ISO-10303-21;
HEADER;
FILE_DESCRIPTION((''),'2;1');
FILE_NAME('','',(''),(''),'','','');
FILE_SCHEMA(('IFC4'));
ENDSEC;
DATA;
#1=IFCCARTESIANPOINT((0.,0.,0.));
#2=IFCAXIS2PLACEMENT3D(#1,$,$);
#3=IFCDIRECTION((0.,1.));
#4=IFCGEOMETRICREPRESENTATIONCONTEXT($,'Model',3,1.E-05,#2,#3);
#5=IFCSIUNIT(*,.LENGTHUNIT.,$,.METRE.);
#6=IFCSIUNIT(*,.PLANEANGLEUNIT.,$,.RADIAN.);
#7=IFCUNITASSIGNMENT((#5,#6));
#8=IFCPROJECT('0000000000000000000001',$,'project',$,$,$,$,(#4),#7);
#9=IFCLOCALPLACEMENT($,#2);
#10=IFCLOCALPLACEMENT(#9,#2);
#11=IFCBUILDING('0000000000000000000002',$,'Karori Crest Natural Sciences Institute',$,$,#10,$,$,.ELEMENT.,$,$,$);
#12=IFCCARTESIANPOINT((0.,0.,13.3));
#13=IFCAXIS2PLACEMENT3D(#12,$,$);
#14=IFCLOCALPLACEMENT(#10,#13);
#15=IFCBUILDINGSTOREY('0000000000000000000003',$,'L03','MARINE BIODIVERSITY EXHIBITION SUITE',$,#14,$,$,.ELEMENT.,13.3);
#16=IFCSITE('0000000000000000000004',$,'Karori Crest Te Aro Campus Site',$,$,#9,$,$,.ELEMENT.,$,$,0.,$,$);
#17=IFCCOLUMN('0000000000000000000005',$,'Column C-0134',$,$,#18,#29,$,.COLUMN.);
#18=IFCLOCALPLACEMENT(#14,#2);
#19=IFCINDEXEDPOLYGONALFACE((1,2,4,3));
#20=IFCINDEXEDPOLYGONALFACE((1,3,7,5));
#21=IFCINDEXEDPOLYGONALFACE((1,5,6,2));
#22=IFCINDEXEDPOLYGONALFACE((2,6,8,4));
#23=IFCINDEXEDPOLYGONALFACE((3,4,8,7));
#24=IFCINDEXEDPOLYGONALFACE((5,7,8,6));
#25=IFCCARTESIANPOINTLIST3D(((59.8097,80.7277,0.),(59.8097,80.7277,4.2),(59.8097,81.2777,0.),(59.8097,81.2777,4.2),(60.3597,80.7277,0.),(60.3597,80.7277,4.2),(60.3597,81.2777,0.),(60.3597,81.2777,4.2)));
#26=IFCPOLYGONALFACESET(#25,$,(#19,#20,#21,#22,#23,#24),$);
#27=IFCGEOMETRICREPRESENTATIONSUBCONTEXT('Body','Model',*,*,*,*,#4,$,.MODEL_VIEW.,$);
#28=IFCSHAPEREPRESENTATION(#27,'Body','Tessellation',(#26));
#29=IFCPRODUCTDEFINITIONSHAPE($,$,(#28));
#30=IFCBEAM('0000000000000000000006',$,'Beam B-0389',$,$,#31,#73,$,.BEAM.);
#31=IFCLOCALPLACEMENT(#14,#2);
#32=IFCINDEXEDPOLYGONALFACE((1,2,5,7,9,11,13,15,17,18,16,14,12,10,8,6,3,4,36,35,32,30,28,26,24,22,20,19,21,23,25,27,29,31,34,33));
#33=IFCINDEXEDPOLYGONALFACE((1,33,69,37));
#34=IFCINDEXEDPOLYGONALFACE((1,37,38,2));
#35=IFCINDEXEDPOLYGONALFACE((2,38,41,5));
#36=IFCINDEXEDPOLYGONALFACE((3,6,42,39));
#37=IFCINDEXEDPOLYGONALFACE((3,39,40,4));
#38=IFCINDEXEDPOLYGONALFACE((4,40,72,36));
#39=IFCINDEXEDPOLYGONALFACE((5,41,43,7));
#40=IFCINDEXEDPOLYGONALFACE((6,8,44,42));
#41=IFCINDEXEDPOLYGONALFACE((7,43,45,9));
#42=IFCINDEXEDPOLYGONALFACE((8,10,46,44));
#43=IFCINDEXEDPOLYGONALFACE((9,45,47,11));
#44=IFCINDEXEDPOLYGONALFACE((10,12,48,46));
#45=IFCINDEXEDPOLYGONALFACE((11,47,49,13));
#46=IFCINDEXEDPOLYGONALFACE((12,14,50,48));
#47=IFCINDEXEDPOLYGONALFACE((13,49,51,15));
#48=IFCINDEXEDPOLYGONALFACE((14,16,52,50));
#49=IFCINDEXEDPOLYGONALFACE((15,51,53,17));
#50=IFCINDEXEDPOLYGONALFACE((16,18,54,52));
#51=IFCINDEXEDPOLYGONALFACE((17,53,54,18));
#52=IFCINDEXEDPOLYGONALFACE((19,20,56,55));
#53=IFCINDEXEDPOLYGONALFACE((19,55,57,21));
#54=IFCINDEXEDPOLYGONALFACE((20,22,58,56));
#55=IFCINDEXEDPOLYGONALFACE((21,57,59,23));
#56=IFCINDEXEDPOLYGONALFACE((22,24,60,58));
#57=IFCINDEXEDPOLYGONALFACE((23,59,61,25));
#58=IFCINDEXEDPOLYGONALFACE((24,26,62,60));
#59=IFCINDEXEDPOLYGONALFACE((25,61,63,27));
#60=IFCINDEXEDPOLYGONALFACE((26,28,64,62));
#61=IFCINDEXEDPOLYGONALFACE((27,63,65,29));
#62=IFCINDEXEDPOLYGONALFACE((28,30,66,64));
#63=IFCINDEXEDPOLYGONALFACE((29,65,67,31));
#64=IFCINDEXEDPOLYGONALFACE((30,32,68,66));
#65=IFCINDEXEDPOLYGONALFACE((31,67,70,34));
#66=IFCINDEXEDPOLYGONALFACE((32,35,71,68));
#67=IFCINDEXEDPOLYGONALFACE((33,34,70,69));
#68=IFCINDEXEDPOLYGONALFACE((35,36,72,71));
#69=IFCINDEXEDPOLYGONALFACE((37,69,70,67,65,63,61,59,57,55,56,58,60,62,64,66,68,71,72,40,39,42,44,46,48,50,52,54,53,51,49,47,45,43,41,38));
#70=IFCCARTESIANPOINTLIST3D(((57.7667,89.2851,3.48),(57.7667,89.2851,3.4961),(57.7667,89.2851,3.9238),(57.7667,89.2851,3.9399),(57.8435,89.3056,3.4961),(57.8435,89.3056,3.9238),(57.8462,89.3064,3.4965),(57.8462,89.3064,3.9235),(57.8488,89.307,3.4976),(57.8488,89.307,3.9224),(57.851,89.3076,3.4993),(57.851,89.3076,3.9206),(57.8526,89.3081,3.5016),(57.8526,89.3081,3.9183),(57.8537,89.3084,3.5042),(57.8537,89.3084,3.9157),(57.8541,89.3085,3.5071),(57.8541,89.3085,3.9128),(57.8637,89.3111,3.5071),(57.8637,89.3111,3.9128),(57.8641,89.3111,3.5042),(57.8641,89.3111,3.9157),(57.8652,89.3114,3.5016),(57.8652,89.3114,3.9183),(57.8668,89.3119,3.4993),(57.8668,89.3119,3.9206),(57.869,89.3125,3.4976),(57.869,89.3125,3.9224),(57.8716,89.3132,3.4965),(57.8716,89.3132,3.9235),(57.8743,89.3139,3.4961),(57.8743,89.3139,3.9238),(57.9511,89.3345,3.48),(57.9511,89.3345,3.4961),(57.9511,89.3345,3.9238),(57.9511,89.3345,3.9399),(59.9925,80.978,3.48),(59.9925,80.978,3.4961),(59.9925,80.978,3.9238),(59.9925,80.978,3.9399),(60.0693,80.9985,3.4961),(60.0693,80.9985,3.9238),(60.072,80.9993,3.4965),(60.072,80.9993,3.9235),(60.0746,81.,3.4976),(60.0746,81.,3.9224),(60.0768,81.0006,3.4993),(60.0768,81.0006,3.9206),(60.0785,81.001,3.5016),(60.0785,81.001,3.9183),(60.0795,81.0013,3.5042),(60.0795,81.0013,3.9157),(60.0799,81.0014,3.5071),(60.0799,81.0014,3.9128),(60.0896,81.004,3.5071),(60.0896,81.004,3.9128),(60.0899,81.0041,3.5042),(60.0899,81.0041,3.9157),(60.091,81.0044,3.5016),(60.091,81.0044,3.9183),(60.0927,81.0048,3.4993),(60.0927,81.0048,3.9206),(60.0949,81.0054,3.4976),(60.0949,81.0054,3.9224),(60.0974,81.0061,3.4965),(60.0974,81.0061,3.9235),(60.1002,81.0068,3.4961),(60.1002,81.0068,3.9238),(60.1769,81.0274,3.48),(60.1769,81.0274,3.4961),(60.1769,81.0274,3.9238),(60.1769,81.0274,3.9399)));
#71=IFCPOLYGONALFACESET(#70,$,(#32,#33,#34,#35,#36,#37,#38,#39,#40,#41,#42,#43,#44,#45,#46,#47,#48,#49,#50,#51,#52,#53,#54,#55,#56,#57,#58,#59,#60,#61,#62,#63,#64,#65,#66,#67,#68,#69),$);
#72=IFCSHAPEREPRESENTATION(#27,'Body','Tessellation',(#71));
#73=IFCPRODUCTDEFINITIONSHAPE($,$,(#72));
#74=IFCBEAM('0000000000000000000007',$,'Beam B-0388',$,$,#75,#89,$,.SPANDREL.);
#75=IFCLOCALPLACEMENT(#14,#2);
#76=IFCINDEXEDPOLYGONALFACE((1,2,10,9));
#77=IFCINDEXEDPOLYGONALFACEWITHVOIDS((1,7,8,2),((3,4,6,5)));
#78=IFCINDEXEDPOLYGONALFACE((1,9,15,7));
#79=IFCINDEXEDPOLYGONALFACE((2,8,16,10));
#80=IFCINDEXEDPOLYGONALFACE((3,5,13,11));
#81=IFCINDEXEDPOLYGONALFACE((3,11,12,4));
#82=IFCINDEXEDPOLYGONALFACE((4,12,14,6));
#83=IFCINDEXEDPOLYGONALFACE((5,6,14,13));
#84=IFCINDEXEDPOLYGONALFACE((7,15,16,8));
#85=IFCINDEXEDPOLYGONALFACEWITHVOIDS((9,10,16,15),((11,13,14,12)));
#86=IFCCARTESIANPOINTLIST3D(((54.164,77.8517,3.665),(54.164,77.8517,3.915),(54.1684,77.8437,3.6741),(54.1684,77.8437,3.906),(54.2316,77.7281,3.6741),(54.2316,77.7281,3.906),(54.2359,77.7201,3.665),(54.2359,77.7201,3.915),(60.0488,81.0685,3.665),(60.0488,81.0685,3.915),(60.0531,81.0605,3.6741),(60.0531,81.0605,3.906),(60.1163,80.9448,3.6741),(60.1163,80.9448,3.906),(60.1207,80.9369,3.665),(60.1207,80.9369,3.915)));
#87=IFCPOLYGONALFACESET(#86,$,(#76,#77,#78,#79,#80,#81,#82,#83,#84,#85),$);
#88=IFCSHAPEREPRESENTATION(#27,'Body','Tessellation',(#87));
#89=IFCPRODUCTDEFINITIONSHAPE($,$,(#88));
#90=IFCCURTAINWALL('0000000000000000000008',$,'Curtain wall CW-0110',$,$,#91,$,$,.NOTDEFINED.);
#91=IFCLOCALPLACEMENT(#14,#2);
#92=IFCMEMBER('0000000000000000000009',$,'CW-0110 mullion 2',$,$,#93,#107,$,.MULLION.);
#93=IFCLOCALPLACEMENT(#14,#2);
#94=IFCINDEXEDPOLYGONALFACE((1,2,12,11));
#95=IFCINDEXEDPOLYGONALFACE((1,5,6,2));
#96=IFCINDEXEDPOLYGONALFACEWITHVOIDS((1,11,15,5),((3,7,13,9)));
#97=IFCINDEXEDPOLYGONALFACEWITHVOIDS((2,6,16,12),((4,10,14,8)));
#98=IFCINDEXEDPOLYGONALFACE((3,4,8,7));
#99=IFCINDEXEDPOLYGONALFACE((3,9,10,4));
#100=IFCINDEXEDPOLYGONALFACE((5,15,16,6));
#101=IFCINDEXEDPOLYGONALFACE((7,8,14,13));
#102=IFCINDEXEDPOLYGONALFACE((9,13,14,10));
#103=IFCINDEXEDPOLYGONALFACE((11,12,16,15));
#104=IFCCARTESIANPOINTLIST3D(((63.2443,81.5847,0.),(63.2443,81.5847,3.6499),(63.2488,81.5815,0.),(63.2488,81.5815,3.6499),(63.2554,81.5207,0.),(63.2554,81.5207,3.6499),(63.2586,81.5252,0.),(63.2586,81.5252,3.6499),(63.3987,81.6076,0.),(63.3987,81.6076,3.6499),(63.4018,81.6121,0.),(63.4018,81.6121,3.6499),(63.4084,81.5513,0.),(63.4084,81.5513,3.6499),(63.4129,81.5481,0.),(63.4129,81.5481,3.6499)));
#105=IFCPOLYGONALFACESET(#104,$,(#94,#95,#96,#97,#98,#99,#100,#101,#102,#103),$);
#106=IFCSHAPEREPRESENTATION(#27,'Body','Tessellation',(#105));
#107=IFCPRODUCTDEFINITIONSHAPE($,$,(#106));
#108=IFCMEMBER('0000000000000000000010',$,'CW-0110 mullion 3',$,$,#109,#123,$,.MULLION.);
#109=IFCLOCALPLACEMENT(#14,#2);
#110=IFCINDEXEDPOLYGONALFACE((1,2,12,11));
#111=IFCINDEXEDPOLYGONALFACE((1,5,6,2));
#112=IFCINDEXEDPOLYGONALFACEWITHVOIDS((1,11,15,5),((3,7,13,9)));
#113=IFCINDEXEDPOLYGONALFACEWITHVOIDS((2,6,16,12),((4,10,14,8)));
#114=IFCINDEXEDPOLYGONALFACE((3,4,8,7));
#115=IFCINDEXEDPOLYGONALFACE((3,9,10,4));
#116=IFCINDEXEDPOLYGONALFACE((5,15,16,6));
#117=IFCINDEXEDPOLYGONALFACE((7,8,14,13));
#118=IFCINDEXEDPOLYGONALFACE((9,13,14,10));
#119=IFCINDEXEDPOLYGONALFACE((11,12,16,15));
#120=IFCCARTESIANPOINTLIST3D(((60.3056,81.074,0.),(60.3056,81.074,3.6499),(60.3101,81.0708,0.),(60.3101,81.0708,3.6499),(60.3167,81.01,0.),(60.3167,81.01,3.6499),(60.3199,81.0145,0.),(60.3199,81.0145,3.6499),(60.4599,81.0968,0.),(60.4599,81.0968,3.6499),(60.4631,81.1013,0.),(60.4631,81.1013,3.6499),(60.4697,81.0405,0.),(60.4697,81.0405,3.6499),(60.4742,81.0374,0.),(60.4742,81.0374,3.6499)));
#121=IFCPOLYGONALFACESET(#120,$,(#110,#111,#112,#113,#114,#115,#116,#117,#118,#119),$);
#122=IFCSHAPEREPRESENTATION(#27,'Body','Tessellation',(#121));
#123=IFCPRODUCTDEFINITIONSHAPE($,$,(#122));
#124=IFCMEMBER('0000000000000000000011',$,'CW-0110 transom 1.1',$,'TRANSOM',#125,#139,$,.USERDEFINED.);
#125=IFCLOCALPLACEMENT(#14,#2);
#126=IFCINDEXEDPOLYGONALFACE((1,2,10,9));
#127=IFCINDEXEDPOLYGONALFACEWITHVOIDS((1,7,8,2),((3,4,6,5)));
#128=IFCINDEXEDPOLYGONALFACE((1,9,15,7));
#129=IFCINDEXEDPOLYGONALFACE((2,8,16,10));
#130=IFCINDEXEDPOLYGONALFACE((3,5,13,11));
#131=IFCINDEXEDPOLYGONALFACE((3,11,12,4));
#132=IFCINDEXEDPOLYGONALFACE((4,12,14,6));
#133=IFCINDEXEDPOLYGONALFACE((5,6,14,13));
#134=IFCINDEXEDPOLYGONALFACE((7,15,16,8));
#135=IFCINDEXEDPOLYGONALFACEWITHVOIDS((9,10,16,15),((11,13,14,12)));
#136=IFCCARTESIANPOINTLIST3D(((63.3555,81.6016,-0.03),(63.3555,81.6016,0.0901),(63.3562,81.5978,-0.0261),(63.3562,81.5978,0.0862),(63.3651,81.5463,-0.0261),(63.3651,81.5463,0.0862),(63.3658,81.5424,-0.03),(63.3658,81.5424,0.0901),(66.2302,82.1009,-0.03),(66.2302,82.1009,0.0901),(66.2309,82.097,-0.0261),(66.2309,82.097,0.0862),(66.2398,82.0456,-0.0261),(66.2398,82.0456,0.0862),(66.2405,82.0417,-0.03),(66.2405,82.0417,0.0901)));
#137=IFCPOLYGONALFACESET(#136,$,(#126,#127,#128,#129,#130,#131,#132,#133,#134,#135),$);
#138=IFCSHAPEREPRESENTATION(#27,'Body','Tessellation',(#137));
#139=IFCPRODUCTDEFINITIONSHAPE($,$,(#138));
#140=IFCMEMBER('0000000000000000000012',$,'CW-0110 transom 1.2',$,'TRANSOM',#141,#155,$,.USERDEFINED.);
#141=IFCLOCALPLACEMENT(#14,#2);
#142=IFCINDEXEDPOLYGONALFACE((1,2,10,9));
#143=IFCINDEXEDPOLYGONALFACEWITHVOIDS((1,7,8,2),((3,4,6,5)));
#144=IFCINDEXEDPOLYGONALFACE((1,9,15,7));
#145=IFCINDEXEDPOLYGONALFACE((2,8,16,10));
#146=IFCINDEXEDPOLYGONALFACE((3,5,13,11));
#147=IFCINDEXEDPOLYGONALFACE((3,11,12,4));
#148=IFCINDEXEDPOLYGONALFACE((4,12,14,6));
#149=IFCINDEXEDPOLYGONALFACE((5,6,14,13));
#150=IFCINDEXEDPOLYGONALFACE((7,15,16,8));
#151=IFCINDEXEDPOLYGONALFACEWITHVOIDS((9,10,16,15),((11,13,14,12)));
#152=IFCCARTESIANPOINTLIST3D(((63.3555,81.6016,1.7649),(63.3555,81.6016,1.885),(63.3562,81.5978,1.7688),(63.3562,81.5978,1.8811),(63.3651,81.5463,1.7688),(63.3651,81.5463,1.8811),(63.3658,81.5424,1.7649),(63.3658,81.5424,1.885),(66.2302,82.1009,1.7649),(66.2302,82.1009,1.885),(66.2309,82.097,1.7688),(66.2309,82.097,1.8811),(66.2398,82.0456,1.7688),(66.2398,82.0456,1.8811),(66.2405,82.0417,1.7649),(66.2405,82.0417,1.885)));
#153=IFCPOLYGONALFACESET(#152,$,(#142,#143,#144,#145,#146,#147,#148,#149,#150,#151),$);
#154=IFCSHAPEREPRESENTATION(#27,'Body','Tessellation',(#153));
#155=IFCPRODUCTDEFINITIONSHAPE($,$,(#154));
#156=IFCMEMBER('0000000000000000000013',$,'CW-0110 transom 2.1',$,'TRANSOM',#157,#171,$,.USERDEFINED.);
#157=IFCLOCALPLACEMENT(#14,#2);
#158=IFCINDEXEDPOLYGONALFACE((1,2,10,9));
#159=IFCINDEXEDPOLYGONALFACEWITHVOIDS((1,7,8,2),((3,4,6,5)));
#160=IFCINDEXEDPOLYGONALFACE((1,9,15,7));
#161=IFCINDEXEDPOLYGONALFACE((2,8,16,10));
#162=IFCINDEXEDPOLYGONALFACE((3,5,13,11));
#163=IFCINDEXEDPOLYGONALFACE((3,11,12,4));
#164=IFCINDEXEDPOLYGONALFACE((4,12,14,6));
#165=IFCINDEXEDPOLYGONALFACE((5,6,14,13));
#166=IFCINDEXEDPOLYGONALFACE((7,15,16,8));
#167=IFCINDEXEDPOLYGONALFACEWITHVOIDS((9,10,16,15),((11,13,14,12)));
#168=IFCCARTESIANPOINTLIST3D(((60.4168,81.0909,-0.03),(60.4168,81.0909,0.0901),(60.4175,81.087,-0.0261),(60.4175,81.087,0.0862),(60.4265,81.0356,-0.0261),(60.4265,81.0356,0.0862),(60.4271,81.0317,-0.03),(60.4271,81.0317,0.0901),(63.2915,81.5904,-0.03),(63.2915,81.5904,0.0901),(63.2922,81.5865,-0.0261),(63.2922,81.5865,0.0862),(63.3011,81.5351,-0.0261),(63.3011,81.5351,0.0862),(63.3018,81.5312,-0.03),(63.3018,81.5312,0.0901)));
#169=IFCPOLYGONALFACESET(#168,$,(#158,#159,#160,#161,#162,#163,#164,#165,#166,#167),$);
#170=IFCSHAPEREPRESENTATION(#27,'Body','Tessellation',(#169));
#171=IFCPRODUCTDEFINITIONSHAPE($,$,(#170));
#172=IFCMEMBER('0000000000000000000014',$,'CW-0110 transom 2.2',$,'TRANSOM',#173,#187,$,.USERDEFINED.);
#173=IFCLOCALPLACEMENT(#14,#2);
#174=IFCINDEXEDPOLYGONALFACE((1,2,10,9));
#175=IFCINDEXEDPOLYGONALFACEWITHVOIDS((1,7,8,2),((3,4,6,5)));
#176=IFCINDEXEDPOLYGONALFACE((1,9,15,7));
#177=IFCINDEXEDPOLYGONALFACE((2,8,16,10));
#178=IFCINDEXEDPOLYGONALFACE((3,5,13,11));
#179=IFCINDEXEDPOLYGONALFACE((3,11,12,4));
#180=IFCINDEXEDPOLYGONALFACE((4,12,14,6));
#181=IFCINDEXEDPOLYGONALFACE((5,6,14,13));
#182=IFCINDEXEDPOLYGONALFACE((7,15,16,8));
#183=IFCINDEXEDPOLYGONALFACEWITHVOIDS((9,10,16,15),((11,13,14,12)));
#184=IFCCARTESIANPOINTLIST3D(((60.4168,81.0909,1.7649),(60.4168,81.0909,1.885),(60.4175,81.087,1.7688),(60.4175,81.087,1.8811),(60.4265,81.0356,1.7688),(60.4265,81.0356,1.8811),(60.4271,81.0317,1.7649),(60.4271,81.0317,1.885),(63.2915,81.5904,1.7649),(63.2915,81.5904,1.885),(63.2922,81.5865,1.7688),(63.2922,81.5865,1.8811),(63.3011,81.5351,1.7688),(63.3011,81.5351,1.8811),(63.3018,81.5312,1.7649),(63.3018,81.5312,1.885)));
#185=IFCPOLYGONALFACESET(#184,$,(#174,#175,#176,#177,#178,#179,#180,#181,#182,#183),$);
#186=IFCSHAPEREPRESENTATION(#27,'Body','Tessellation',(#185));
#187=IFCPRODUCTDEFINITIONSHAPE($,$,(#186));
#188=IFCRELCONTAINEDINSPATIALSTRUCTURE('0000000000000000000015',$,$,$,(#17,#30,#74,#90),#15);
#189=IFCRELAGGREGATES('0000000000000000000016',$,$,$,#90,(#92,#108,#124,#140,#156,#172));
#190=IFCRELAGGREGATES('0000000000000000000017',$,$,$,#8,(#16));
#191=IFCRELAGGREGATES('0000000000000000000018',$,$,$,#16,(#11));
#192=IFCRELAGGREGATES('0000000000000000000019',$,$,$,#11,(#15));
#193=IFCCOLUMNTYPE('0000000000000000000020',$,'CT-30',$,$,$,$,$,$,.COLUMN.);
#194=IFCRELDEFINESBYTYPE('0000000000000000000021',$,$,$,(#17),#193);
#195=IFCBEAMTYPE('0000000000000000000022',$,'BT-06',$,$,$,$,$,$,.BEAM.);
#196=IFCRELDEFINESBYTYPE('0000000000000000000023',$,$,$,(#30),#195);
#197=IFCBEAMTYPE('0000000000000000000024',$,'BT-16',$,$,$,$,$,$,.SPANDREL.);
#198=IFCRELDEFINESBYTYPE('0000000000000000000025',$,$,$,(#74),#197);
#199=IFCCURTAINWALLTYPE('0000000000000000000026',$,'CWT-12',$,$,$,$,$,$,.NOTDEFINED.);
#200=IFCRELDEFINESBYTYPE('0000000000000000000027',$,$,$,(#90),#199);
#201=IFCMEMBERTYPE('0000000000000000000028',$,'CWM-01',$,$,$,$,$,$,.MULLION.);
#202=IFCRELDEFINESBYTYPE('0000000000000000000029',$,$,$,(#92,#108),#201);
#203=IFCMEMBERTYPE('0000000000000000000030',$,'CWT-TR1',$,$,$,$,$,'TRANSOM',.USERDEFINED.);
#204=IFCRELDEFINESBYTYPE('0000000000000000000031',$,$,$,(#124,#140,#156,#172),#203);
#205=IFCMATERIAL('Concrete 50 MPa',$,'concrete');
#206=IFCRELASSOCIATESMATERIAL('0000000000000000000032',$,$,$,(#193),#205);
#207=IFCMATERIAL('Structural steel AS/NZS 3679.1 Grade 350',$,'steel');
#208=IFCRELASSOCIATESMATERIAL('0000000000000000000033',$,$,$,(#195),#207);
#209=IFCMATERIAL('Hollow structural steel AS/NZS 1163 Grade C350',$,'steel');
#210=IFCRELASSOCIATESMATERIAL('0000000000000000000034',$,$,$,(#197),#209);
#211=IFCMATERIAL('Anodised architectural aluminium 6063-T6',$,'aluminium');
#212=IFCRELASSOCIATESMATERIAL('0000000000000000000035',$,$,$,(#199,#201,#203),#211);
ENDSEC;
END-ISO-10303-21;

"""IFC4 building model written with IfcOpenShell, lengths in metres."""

from ifc_helpers import new_model, si_unit, direction, frame, origin, origin_2d, place, context, subcontext, project, spatial, rectangle, hollow_rectangle, i_section, extrude, material, material_profile, profile_set, type_object, element, aggregate, save


model = new_model("IFC4")

# Units and contexts
model_context = context("Model", 3, precision=1e-05, world=origin(), true_north=direction((0.0, 1.0)))
body_context = subcontext(model_context, "Body", "Model", "MODEL_VIEW")
ifc_project = project(units=[si_unit("LENGTHUNIT", "METRE"), si_unit("PLANEANGLEUNIT", "RADIAN")], contexts=[model_context])

# Site, building, storey
site_placement = place(None, origin())
site = spatial("IfcSite", under=ifc_project, at=site_placement, Name="Karori Crest Te Aro Campus Site", CompositionType="ELEMENT", RefElevation=0.0)
building_placement = place(site_placement, origin())
building = spatial("IfcBuilding", under=site, at=building_placement, Name="Karori Crest Natural Sciences Institute", CompositionType="ELEMENT")
storey_placement = place(building_placement, frame((0.0, 0.0, 13.3)))
storey = spatial("IfcBuildingStorey", under=building, at=storey_placement, Name="L03", Description="MARINE BIODIVERSITY EXHIBITION SUITE", CompositionType="ELEMENT", Elevation=13.3)

# Column
ifc_material_1 = material(Name="Concrete 50 MPa", Category="concrete")
ifc_material_profile_1 = material_profile(ifc_material_1, rectangle(XDim=0.55, YDim=0.55, at=origin_2d()), Name="RC550x550")
ifc_profile_set_1 = profile_set([ifc_material_profile_1], Name="Concrete 50 MPa")
column_type = type_object("IfcColumnType", Name="CT-30", PredefinedType="COLUMN", material=ifc_profile_set_1)
column_placement = place(storey_placement, frame((60.0847, 81.0027, 0.0), z_axis=(0.0, 0.0, 1.0), x_axis=(1.0, 0.0, 0.0)))
element("IfcColumn", 1, at=column_placement, inside=storey, type_object=column_type, Name="Column C-0134", PredefinedType="COLUMN", context=body_context, shape_type="SweptSolid", body=[
    extrude(rectangle(XDim=0.55, YDim=0.55, at=origin_2d()), origin(), (0.0, 0.0, 1.0), 4.2),
])

# Beams
ifc_material_2 = material(Name="Structural steel AS/NZS 3679.1 Grade 350", Category="steel")
ifc_material_profile_2 = material_profile(ifc_material_2, i_section(OverallWidth=0.1909, OverallDepth=0.46, WebThickness=0.01, FlangeThickness=0.0161, FilletRadius=0.011, at=origin_2d()), Name="460UB82.1")
ifc_profile_set_2 = profile_set([ifc_material_profile_2], Name="Structural steel AS/NZS 3679.1 Grade 350")
beam_type_1 = type_object("IfcBeamType", Name="BT-06", PredefinedType="BEAM", material=ifc_profile_set_2)
beam_1_placement = place(storey_placement, frame((60.0847, 81.0027, 3.71), z_axis=(-0.258813, 0.965928, 0.0), x_axis=(-0.965928, -0.258813, 0.0)))
element("IfcBeam", 2, at=beam_1_placement, inside=storey, type_object=beam_type_1, Name="Beam B-0389", PredefinedType="BEAM", context=body_context, shape_type="SweptSolid", body=[
    extrude(i_section(OverallWidth=0.1909, OverallDepth=0.46, WebThickness=0.01, FlangeThickness=0.0161, FilletRadius=0.011, at=origin_2d()), origin(), (0.0, 0.0, 1.0), 8.6001),
])
ifc_material_3 = material(Name="Hollow structural steel AS/NZS 1163 Grade C350", Category="steel")
ifc_material_profile_3 = material_profile(ifc_material_3, hollow_rectangle(XDim=0.1499, YDim=0.25, WallThickness=0.009, at=origin_2d()), Name="RHS250x150x9")
ifc_profile_set_3 = profile_set([ifc_material_profile_3], Name="Hollow structural steel AS/NZS 1163 Grade C350")
beam_type_2 = type_object("IfcBeamType", Name="BT-16", PredefinedType="SPANDREL", material=ifc_profile_set_3)
beam_2_placement = place(storey_placement, frame((60.0847, 81.0027, 3.79), z_axis=(-0.877461, -0.479648, 0.0), x_axis=(0.479648, -0.877461, 0.0)))
element("IfcBeam", 3, at=beam_2_placement, inside=storey, type_object=beam_type_2, Name="Beam B-0388", PredefinedType="SPANDREL", context=body_context, shape_type="SweptSolid", body=[
    extrude(hollow_rectangle(XDim=0.1499, YDim=0.25, WallThickness=0.009, at=origin_2d()), origin(), (0.0, 0.0, 1.0), 6.7065),
])

# Curtain wall, members
ifc_material_4 = material(Name="Anodised architectural aluminium 6063-T6", Category="aluminium")
curtain_wall_type = type_object("IfcCurtainWallType", Name="CWT-12", PredefinedType="NOTDEFINED", material=ifc_material_4)
curtain_wall_placement = place(storey_placement, origin())
curtain_wall = element("IfcCurtainWall", 4, at=curtain_wall_placement, inside=storey, type_object=curtain_wall_type, Name="Curtain wall CW-0110", PredefinedType="NOTDEFINED")
ifc_material_profile_4 = material_profile(ifc_material_4, hollow_rectangle(XDim=0.0649, YDim=0.1599, WallThickness=0.0039, at=origin_2d()), Name="CWM160x65x4")
ifc_profile_set_4 = profile_set([ifc_material_profile_4], Name="Anodised architectural aluminium 6063-T6")
member_type_1 = type_object("IfcMemberType", Name="CWM-01", PredefinedType="MULLION", material=ifc_profile_set_4)
member_1_placement = place(storey_placement, frame((63.3286, 81.5664, 0.0), z_axis=(0.0, 0.0, 1.0), x_axis=(0.171174, -0.985241, 0.0)))
member_1 = element("IfcMember", 5, at=member_1_placement, type_object=member_type_1, Name="CW-0110 mullion 2", PredefinedType="MULLION", context=body_context, shape_type="SweptSolid", body=[
    extrude(hollow_rectangle(XDim=0.0649, YDim=0.1599, WallThickness=0.0039, at=origin_2d()), origin(), (0.0, 0.0, 1.0), 3.6499),
])
member_2_placement = place(storey_placement, frame((60.3899, 81.0557, 0.0), z_axis=(0.0, 0.0, 1.0), x_axis=(0.171174, -0.985241, 0.0)))
member_2 = element("IfcMember", 6, at=member_2_placement, type_object=member_type_1, Name="CW-0110 mullion 3", PredefinedType="MULLION", context=body_context, shape_type="SweptSolid", body=[
    extrude(hollow_rectangle(XDim=0.0649, YDim=0.1599, WallThickness=0.0039, at=origin_2d()), origin(), (0.0, 0.0, 1.0), 3.6499),
])
ifc_material_profile_5 = material_profile(ifc_material_4, hollow_rectangle(XDim=0.0601, YDim=0.1201, WallThickness=0.0039, at=origin_2d()), Name="CWT120x60x4")
ifc_profile_set_5 = profile_set([ifc_material_profile_5], Name="Anodised architectural aluminium 6063-T6")
member_type_2 = type_object("IfcMemberType", Name="CWT-TR1", ElementType="TRANSOM", PredefinedType="USERDEFINED", material=ifc_profile_set_5)
member_3_placement = place(storey_placement, frame((66.2354, 82.0713, 0.03), z_axis=(-0.985252, -0.171112, 0.0), x_axis=(0.171112, -0.985252, 0.0)))
member_3 = element("IfcMember", 7, at=member_3_placement, type_object=member_type_2, Name="CW-0110 transom 1.1", ObjectType="TRANSOM", PredefinedType="USERDEFINED", context=body_context, shape_type="SweptSolid", body=[
    extrude(hollow_rectangle(XDim=0.0601, YDim=0.1201, WallThickness=0.0039, at=origin_2d()), origin(), (0.0, 0.0, 1.0), 2.9177),
])
member_4_placement = place(storey_placement, frame((66.2354, 82.0713, 1.825), z_axis=(-0.985252, -0.171112, 0.0), x_axis=(0.171112, -0.985252, 0.0)))
member_4 = element("IfcMember", 8, at=member_4_placement, type_object=member_type_2, Name="CW-0110 transom 1.2", ObjectType="TRANSOM", PredefinedType="USERDEFINED", context=body_context, shape_type="SweptSolid", body=[
    extrude(hollow_rectangle(XDim=0.0601, YDim=0.1201, WallThickness=0.0039, at=origin_2d()), origin(), (0.0, 0.0, 1.0), 2.9177),
])
member_5_placement = place(storey_placement, frame((63.2966, 81.5608, 0.03), z_axis=(-0.985238, -0.171193, 0.0), x_axis=(0.171193, -0.985238, 0.0)))
member_5 = element("IfcMember", 9, at=member_5_placement, type_object=member_type_2, Name="CW-0110 transom 2.1", ObjectType="TRANSOM", PredefinedType="USERDEFINED", context=body_context, shape_type="SweptSolid", body=[
    extrude(hollow_rectangle(XDim=0.0601, YDim=0.1201, WallThickness=0.0039, at=origin_2d()), origin(), (0.0, 0.0, 1.0), 2.9177),
])
member_6_placement = place(storey_placement, frame((63.2966, 81.5608, 1.825), z_axis=(-0.985238, -0.171193, 0.0), x_axis=(0.171193, -0.985238, 0.0)))
member_6 = element("IfcMember", 10, at=member_6_placement, type_object=member_type_2, Name="CW-0110 transom 2.2", ObjectType="TRANSOM", PredefinedType="USERDEFINED", context=body_context, shape_type="SweptSolid", body=[
    extrude(hollow_rectangle(XDim=0.0601, YDim=0.1201, WallThickness=0.0039, at=origin_2d()), origin(), (0.0, 0.0, 1.0), 2.9177),
])
aggregate(curtain_wall, [member_1, member_2, member_3, member_4, member_5, member_6])

save(model, "model.ifc")
